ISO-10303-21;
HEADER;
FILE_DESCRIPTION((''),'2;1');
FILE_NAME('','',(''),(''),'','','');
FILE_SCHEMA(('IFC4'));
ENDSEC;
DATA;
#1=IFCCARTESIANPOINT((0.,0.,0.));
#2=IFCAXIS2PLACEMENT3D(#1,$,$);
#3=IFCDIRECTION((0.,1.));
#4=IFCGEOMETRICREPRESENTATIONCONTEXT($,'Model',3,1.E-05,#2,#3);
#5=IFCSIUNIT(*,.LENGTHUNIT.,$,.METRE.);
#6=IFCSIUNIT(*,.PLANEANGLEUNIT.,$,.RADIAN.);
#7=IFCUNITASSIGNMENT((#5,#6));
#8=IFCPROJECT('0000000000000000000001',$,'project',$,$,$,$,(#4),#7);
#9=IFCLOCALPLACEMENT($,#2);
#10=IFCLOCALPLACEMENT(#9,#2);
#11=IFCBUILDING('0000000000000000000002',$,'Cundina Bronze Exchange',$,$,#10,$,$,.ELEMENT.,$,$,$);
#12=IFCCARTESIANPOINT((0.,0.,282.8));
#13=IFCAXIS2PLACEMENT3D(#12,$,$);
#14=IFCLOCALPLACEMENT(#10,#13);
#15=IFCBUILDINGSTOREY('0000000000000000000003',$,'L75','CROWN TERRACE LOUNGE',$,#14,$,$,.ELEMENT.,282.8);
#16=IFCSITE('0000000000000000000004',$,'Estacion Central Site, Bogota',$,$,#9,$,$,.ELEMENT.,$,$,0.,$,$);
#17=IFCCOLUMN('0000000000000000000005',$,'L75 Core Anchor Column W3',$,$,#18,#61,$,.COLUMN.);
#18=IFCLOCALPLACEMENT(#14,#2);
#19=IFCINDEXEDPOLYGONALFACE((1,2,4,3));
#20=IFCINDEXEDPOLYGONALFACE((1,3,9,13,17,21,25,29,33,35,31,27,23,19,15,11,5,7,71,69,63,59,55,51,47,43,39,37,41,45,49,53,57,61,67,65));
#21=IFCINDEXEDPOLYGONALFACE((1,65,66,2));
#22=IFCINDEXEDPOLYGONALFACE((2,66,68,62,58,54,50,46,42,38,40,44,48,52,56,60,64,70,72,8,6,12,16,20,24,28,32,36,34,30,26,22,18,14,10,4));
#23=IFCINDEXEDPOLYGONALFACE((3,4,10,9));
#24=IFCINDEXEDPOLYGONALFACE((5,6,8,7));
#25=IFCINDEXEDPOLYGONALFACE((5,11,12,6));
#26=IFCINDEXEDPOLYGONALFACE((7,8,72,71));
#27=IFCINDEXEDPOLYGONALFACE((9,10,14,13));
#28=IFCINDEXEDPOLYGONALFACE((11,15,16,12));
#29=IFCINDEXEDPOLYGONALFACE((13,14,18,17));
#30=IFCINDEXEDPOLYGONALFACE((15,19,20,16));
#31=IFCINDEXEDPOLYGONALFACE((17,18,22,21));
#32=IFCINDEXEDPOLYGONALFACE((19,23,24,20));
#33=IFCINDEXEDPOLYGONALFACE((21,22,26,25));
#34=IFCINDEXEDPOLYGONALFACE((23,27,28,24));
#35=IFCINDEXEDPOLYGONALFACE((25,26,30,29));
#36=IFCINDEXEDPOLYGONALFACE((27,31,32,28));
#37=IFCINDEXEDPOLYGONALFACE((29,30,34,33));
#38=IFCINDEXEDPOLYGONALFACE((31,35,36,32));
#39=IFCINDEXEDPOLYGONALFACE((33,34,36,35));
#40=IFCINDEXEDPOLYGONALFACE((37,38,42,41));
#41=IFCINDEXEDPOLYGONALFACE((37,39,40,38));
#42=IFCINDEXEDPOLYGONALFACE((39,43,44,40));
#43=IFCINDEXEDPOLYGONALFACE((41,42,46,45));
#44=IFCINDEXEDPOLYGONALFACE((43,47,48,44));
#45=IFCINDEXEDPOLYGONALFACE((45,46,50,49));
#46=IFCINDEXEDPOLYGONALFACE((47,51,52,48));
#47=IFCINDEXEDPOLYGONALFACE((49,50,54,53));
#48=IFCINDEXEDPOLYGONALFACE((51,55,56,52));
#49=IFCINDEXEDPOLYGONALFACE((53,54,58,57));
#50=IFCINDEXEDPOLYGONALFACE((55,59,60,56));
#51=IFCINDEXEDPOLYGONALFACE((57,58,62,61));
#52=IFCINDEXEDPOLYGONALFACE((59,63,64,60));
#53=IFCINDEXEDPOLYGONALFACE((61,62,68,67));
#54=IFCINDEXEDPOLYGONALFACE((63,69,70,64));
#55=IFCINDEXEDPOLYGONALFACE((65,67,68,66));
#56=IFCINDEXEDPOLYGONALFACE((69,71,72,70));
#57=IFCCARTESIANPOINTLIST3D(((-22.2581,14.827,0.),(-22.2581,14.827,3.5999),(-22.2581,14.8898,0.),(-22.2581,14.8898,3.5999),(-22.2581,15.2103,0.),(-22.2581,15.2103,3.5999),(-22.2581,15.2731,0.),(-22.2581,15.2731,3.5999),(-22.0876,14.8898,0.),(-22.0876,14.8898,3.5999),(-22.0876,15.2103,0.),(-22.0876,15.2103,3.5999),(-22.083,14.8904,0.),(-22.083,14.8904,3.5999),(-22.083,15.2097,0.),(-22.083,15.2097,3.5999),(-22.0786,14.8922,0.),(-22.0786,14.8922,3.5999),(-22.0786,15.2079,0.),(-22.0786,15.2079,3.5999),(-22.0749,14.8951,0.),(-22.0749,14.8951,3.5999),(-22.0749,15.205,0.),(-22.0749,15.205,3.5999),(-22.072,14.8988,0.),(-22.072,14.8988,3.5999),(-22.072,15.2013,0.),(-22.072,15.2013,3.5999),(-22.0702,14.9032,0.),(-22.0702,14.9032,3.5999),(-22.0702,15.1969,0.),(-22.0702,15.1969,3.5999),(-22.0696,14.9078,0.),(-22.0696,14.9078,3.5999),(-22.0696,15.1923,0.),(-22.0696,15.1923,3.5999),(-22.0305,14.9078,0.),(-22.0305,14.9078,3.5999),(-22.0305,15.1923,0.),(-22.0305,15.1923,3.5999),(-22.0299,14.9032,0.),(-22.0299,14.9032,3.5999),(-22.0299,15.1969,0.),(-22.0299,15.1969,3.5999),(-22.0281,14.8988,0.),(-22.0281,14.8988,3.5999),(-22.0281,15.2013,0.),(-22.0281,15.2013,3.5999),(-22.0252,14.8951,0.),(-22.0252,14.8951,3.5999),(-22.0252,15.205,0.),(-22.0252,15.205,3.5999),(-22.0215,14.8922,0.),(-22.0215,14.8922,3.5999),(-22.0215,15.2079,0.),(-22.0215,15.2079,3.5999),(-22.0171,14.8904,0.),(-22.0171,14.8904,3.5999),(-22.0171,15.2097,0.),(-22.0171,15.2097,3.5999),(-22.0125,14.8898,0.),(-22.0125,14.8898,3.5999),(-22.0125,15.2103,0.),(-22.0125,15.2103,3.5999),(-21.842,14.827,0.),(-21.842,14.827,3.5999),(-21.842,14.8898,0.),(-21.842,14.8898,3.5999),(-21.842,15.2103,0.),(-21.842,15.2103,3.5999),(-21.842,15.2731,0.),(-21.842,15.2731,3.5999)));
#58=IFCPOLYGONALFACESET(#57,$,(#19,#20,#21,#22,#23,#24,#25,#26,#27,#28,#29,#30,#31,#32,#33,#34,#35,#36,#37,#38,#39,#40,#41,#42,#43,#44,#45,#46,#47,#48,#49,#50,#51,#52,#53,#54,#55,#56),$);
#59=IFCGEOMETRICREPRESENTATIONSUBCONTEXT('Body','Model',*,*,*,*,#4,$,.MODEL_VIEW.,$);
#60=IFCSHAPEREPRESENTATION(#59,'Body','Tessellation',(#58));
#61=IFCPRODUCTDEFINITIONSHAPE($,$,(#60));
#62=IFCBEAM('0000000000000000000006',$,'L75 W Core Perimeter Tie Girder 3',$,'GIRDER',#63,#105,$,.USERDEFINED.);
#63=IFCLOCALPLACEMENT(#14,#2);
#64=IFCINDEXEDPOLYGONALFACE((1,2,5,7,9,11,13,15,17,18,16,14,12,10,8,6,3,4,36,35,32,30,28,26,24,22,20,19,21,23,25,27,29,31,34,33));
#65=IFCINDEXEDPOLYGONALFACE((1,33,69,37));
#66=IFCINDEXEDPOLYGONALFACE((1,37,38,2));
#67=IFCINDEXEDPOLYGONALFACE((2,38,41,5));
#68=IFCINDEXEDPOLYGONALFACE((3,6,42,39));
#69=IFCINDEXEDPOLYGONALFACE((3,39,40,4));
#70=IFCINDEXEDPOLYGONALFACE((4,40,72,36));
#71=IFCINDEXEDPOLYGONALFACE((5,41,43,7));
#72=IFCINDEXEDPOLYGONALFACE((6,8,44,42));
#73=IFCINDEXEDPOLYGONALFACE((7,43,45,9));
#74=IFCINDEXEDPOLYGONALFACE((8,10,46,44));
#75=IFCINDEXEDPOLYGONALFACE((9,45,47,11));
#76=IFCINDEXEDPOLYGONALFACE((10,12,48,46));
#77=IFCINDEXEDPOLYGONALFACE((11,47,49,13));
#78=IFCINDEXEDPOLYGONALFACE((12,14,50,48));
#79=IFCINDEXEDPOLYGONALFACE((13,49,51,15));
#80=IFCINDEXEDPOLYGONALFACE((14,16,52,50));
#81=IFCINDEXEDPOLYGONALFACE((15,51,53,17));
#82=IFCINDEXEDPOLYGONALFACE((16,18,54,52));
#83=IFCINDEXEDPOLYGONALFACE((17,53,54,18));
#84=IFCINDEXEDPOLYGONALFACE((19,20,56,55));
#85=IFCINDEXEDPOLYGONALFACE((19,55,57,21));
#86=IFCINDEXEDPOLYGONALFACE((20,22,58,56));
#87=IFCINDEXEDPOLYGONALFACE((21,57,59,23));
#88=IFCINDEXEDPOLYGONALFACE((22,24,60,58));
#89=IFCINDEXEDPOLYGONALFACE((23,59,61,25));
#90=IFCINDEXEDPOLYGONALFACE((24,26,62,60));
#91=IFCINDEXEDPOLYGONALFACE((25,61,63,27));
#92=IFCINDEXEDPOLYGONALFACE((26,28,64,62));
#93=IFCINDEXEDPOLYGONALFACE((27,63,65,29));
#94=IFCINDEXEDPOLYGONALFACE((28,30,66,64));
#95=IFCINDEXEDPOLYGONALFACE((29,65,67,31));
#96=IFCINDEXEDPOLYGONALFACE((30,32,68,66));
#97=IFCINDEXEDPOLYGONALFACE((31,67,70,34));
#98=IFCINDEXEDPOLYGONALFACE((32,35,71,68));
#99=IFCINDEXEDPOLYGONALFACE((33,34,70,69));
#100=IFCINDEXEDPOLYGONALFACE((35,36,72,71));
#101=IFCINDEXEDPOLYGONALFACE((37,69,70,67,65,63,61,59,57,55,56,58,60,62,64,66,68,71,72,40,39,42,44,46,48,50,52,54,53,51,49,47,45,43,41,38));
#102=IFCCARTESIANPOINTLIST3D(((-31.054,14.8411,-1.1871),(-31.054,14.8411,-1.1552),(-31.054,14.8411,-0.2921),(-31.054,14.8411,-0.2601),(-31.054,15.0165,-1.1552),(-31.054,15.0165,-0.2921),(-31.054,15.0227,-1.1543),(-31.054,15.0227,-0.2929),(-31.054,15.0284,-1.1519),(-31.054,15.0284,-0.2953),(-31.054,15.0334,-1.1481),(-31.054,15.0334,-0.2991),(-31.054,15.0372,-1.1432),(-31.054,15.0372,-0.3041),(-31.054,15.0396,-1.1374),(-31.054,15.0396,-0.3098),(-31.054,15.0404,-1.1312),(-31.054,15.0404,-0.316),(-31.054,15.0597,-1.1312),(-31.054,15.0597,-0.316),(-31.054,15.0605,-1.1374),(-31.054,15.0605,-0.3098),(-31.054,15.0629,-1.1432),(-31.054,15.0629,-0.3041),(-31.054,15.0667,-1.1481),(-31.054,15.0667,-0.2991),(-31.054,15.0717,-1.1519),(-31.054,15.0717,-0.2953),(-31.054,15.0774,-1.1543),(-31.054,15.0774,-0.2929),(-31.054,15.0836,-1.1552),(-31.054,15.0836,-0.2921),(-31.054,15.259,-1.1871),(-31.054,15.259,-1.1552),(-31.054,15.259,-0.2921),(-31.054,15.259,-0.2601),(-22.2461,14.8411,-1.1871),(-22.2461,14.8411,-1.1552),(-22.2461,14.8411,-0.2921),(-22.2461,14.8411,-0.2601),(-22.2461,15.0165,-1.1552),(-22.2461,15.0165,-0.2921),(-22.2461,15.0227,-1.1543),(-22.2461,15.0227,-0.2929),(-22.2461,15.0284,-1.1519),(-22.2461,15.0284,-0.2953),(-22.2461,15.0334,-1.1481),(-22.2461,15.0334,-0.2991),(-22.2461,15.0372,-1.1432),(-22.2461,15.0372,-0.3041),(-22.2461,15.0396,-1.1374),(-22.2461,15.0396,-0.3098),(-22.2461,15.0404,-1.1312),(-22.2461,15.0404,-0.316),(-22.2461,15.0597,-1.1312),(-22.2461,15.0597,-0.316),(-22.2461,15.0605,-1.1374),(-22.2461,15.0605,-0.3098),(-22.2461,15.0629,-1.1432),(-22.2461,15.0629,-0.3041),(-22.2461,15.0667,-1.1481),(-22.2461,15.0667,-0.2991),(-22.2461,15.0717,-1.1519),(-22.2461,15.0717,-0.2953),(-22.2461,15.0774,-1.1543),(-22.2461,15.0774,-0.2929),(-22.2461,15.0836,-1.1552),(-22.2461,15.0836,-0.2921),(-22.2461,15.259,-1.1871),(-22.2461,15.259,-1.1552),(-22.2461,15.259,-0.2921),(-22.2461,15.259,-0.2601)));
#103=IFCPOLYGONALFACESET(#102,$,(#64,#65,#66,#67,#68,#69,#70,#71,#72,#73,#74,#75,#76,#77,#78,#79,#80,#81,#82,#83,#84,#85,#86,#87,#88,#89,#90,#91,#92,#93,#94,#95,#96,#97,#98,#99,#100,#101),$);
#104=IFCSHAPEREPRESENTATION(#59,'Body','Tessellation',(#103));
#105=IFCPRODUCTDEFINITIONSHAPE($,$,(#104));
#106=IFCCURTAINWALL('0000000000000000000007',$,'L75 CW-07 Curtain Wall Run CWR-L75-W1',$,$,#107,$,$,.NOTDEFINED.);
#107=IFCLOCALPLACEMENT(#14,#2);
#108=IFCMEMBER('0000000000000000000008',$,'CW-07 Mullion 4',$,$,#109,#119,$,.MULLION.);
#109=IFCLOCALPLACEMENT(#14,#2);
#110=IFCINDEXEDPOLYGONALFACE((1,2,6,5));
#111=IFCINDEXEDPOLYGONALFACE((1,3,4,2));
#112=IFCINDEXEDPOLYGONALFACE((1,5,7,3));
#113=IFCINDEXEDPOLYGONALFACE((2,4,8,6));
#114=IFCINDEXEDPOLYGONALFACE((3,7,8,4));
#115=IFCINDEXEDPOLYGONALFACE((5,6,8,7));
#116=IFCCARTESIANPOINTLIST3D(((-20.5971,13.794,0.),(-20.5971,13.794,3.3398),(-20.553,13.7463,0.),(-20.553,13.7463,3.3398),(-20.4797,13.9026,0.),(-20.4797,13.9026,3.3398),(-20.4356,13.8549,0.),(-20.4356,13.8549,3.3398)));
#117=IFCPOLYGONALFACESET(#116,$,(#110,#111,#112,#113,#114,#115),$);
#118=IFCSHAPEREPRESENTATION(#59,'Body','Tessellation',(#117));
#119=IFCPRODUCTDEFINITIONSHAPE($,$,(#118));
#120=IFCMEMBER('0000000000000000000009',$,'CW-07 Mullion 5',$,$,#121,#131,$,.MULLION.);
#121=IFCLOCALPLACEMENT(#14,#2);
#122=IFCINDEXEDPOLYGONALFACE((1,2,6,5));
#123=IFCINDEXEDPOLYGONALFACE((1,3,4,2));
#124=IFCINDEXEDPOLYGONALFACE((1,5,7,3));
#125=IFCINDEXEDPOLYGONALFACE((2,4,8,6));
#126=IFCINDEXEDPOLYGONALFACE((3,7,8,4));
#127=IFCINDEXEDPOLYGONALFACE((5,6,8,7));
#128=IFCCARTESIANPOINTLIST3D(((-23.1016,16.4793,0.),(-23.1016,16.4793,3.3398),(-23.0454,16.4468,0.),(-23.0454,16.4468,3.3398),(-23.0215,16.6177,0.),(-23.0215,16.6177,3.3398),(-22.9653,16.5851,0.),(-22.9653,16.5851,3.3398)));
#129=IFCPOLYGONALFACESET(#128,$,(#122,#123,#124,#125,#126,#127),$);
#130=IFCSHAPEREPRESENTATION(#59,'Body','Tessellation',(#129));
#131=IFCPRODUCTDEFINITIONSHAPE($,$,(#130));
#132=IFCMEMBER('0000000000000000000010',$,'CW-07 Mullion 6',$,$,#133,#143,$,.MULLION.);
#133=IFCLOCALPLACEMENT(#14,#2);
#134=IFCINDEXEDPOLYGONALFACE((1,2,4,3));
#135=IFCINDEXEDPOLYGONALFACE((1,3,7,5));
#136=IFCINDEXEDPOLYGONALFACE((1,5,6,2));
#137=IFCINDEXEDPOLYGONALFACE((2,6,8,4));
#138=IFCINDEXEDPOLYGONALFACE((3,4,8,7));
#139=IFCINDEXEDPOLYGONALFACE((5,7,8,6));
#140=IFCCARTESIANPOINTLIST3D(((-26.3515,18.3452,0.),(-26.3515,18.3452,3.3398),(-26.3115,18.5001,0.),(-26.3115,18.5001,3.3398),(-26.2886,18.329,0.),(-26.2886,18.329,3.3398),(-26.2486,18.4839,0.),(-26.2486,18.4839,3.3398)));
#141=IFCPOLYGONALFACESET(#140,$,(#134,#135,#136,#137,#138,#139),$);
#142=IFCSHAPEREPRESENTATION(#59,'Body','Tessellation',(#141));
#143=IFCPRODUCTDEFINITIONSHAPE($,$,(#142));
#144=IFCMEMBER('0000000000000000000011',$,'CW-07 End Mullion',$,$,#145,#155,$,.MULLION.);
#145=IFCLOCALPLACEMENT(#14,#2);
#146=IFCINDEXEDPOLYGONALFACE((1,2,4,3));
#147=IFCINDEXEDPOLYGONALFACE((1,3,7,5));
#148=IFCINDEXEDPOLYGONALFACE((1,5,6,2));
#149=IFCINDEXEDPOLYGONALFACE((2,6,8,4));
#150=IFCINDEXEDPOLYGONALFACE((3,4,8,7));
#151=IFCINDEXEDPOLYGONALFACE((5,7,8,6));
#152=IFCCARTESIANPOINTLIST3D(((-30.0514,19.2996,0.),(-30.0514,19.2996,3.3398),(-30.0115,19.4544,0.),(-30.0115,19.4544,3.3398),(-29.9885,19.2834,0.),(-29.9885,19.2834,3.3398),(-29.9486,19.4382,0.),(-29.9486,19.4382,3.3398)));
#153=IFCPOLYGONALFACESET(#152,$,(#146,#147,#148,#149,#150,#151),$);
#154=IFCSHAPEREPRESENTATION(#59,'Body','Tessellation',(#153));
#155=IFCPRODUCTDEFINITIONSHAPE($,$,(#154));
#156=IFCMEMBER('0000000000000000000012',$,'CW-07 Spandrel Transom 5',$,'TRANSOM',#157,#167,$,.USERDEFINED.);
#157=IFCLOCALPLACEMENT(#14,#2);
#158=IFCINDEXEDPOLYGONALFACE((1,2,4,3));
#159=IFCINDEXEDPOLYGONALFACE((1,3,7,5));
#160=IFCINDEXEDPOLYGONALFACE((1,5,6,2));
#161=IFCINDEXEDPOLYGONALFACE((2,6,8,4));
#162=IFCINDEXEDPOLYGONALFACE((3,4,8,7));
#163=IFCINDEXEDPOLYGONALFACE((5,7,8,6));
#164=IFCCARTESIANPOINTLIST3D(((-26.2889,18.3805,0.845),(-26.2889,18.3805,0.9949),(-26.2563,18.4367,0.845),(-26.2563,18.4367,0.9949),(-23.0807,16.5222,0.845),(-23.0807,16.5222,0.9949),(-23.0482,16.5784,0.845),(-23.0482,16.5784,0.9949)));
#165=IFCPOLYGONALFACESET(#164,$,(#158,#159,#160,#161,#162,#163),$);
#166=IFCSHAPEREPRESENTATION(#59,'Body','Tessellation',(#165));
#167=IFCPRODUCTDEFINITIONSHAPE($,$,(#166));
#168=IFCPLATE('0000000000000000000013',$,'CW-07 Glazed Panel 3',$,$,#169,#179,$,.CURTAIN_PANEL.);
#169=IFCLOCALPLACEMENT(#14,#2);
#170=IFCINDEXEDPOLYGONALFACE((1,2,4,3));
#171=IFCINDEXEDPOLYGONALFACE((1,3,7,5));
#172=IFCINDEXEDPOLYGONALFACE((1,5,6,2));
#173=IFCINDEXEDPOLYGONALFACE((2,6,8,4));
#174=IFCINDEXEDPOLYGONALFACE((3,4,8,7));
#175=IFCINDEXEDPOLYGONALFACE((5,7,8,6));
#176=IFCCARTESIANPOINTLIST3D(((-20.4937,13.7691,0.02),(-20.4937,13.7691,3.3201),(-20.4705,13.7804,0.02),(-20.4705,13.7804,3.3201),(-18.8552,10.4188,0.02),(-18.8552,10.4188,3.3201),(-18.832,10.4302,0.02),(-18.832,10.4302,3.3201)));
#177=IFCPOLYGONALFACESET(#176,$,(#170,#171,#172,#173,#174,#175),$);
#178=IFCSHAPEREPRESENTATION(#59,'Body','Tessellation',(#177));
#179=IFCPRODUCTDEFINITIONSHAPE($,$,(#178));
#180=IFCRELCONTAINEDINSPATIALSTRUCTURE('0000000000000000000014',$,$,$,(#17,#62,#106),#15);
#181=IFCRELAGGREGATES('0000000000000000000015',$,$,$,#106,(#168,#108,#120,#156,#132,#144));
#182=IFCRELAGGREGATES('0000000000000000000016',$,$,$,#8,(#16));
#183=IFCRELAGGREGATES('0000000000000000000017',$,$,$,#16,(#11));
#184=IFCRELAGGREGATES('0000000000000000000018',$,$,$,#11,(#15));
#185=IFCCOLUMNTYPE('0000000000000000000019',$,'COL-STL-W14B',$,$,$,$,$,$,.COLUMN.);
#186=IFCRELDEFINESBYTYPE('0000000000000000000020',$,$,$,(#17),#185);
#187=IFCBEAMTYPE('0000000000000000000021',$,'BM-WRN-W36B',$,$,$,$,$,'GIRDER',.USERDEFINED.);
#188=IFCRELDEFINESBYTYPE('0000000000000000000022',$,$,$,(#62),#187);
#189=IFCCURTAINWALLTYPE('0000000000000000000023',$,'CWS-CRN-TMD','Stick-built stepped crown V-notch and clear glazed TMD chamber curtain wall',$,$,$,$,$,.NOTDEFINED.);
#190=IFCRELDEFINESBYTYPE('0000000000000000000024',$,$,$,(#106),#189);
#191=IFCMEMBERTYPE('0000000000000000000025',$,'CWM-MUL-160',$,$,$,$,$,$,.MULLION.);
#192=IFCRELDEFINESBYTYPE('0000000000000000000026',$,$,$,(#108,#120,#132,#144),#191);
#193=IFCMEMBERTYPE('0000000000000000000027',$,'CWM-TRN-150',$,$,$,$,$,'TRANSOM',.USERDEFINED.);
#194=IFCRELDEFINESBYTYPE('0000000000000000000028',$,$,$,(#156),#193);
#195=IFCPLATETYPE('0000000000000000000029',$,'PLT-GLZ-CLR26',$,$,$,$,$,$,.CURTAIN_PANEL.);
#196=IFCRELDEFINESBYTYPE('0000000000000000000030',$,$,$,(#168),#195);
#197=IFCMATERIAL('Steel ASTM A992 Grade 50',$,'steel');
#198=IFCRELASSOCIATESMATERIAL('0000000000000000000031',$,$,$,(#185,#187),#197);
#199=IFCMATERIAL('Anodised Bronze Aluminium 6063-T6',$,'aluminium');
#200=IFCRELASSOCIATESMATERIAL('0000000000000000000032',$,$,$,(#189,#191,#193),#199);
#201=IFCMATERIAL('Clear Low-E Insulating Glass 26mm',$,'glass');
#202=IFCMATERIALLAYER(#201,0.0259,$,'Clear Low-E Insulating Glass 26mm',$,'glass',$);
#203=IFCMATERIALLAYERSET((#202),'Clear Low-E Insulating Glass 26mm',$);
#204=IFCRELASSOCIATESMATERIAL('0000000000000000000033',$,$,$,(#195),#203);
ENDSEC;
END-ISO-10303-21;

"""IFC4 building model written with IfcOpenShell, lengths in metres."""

from ifc_helpers import new_model, si_unit, direction, frame, origin, origin_2d, place, context, subcontext, project, spatial, rectangle, i_section, extrude, material, layer, layer_set, material_profile, profile_set, type_object, element, aggregate, save


model = new_model("IFC4")

# Units and contexts
model_context = context("Model", 3, precision=1e-05, world=origin(), true_north=direction((0.0, 1.0)))
body_context = subcontext(model_context, "Body", "Model", "MODEL_VIEW")
ifc_project = project(units=[si_unit("LENGTHUNIT", "METRE"), si_unit("PLANEANGLEUNIT", "RADIAN")], contexts=[model_context])

# Site, building, storey
site_placement = place(None, origin())
site = spatial("IfcSite", under=ifc_project, at=site_placement, Name="Estacion Central Site, Bogota", CompositionType="ELEMENT", RefElevation=0.0)
building_placement = place(site_placement, origin())
building = spatial("IfcBuilding", under=site, at=building_placement, Name="Cundina Bronze Exchange", CompositionType="ELEMENT")
storey_placement = place(building_placement, frame((0.0, 0.0, 282.8)))
storey = spatial("IfcBuildingStorey", under=building, at=storey_placement, Name="L75", Description="CROWN TERRACE LOUNGE", CompositionType="ELEMENT", Elevation=282.8)

# Column
ifc_material_1 = material(Name="Steel ASTM A992 Grade 50", Category="steel")
ifc_material_profile_1 = material_profile(ifc_material_1, i_section(OverallWidth=0.416, OverallDepth=0.446, WebThickness=0.0391, FlangeThickness=0.0627, FilletRadius=0.0181, at=origin_2d()), Name="W14X342", Category="steel")
ifc_profile_set_1 = profile_set([ifc_material_profile_1], Name="Steel ASTM A992 Grade 50")
column_type = type_object("IfcColumnType", Name="COL-STL-W14B", PredefinedType="COLUMN", material=ifc_profile_set_1)
column_placement = place(storey_placement, frame((-22.05, 15.05, 0.0), z_axis=(0.0, 0.0, 1.0), x_axis=(1.0, 0.0, 0.0)))
element("IfcColumn", 1, at=column_placement, inside=storey, type_object=column_type, Name="L75 Core Anchor Column W3", PredefinedType="COLUMN", context=body_context, shape_type="SweptSolid", body=[
    extrude(i_section(OverallWidth=0.416, OverallDepth=0.446, WebThickness=0.0391, FlangeThickness=0.0627, FilletRadius=0.0181, at=origin_2d()), origin(), (0.0, 0.0, 1.0), 3.5999),
])

# Beam
ifc_material_profile_2 = material_profile(ifc_material_1, i_section(OverallWidth=0.418, OverallDepth=0.927, WebThickness=0.0193, FlangeThickness=0.032, FilletRadius=0.0239, at=origin_2d()), Name="W36X231", Category="steel")
ifc_profile_set_2 = profile_set([ifc_material_profile_2], Name="Steel ASTM A992 Grade 50")
beam_type = type_object("IfcBeamType", Name="BM-WRN-W36B", ElementType="GIRDER", PredefinedType="USERDEFINED", material=ifc_profile_set_2)
beam_placement = place(storey_placement, frame((-22.2461, 15.05, -0.7236), z_axis=(-1.0, 0.0, 0.0), x_axis=(0.0, -1.0, 0.0)))
element("IfcBeam", 2, at=beam_placement, inside=storey, type_object=beam_type, Name="L75 W Core Perimeter Tie Girder 3", ObjectType="GIRDER", PredefinedType="USERDEFINED", context=body_context, shape_type="SweptSolid", body=[
    extrude(i_section(OverallWidth=0.418, OverallDepth=0.927, WebThickness=0.0193, FlangeThickness=0.032, FilletRadius=0.0239, at=origin_2d()), origin(), (0.0, 0.0, 1.0), 8.8079),
])

# Curtain wall, members, plate
ifc_material_2 = material(Name="Anodised Bronze Aluminium 6063-T6", Category="aluminium")
curtain_wall_type = type_object("IfcCurtainWallType", Name="CWS-CRN-TMD", Description="Stick-built stepped crown V-notch and clear glazed TMD chamber curtain wall", PredefinedType="NOTDEFINED", material=ifc_material_2)
curtain_wall_placement = place(storey_placement, origin())
curtain_wall = element("IfcCurtainWall", 3, at=curtain_wall_placement, inside=storey, type_object=curtain_wall_type, Name="L75 CW-07 Curtain Wall Run CWR-L75-W1", PredefinedType="NOTDEFINED")
ifc_material_profile_3 = material_profile(ifc_material_2, rectangle(XDim=0.0649, YDim=0.1599, at=origin_2d()), Name="AL65X160", Category="aluminium")
ifc_profile_set_3 = profile_set([ifc_material_profile_3], Name="Anodised Bronze Aluminium 6063-T6")
member_type_1 = type_object("IfcMemberType", Name="CWM-MUL-160", PredefinedType="MULLION", material=ifc_profile_set_3)
member_1_placement = place(storey_placement, frame((-20.5164, 13.8245, 0.0), z_axis=(0.0, 0.0, 1.0), x_axis=(-0.679057, 0.734086, 0.0)))
member_1 = element("IfcMember", 4, at=member_1_placement, type_object=member_type_1, Name="CW-07 Mullion 4", PredefinedType="MULLION", context=body_context, shape_type="SweptSolid", body=[
    extrude(rectangle(XDim=0.0649, YDim=0.1599, at=origin_2d()), origin(), (0.0, 0.0, 1.0), 3.3398),
])
member_2_placement = place(storey_placement, frame((-23.0334, 16.5322, 0.0), z_axis=(0.0, 0.0, 1.0), x_axis=(-0.865326, 0.501209, 0.0)))
member_2 = element("IfcMember", 5, at=member_2_placement, type_object=member_type_1, Name="CW-07 Mullion 5", PredefinedType="MULLION", context=body_context, shape_type="SweptSolid", body=[
    extrude(rectangle(XDim=0.0649, YDim=0.1599, at=origin_2d()), origin(), (0.0, 0.0, 1.0), 3.3398),
])
member_3_placement = place(storey_placement, frame((-26.3, 18.4146, 0.0), z_axis=(0.0, 0.0, 1.0), x_axis=(-0.968322, 0.249704, 0.0)))
member_3 = element("IfcMember", 6, at=member_3_placement, type_object=member_type_1, Name="CW-07 Mullion 6", PredefinedType="MULLION", context=body_context, shape_type="SweptSolid", body=[
    extrude(rectangle(XDim=0.0649, YDim=0.1599, at=origin_2d()), origin(), (0.0, 0.0, 1.0), 3.3398),
])
member_4_placement = place(storey_placement, frame((-30.0, 19.3689, 0.0), z_axis=(0.0, 0.0, 1.0), x_axis=(-0.968322, 0.249704, 0.0)))
member_4 = element("IfcMember", 7, at=member_4_placement, type_object=member_type_1, Name="CW-07 End Mullion", PredefinedType="MULLION", context=body_context, shape_type="SweptSolid", body=[
    extrude(rectangle(XDim=0.0649, YDim=0.1599, at=origin_2d()), origin(), (0.0, 0.0, 1.0), 3.3398),
])
ifc_material_profile_4 = material_profile(ifc_material_2, rectangle(XDim=0.0649, YDim=0.1499, at=origin_2d()), Name="AL65X150", Category="aluminium")
ifc_profile_set_4 = profile_set([ifc_material_profile_4], Name="Anodised Bronze Aluminium 6063-T6")
member_type_2 = type_object("IfcMemberType", Name="CWM-TRN-150", ElementType="TRANSOM", PredefinedType="USERDEFINED", material=ifc_profile_set_4)
member_5_placement = place(storey_placement, frame((-23.0645, 16.5503, 0.9199), z_axis=(-0.865311, 0.501236, 0.0), x_axis=(-0.501236, -0.865311, 0.0)))
member_5 = element("IfcMember", 8, at=member_5_placement, type_object=member_type_2, Name="CW-07 Spandrel Transom 5", ObjectType="TRANSOM", PredefinedType="USERDEFINED", context=body_context, shape_type="SweptSolid", body=[
    extrude(rectangle(XDim=0.0649, YDim=0.1499, at=origin_2d()), origin(), (0.0, 0.0, 1.0), 3.7075),
])
ifc_material_3 = material(Name="Clear Low-E Insulating Glass 26mm", Category="glass")
ifc_layer_1 = layer(ifc_material_3, 0.0259, Name="Clear Low-E Insulating Glass 26mm", Category="glass")
ifc_layer_set_1 = layer_set([ifc_layer_1], Name="Clear Low-E Insulating Glass 26mm")
plate_type_1 = type_object("IfcPlateType", Name="PLT-GLZ-CLR26", PredefinedType="CURTAIN_PANEL", material=ifc_layer_set_1)
plate_1_placement = place(storey_placement, frame((-19.6628, 12.0996, 0.02), z_axis=(0.0, 0.0, 1.0), x_axis=(-0.439343, 0.898319, 0.0)))
plate_1 = element("IfcPlate", 9, at=plate_1_placement, type_object=plate_type_1, Name="CW-07 Glazed Panel 3", PredefinedType="CURTAIN_PANEL", context=body_context, shape_type="SweptSolid", body=[
    extrude(rectangle(XDim=3.7295, YDim=0.0259, at=origin_2d()), origin(), (0.0, 0.0, 1.0), 3.3),
])
aggregate(curtain_wall, [plate_1, member_1, member_2, member_5, member_3, member_4])

save(model, "model.ifc")
